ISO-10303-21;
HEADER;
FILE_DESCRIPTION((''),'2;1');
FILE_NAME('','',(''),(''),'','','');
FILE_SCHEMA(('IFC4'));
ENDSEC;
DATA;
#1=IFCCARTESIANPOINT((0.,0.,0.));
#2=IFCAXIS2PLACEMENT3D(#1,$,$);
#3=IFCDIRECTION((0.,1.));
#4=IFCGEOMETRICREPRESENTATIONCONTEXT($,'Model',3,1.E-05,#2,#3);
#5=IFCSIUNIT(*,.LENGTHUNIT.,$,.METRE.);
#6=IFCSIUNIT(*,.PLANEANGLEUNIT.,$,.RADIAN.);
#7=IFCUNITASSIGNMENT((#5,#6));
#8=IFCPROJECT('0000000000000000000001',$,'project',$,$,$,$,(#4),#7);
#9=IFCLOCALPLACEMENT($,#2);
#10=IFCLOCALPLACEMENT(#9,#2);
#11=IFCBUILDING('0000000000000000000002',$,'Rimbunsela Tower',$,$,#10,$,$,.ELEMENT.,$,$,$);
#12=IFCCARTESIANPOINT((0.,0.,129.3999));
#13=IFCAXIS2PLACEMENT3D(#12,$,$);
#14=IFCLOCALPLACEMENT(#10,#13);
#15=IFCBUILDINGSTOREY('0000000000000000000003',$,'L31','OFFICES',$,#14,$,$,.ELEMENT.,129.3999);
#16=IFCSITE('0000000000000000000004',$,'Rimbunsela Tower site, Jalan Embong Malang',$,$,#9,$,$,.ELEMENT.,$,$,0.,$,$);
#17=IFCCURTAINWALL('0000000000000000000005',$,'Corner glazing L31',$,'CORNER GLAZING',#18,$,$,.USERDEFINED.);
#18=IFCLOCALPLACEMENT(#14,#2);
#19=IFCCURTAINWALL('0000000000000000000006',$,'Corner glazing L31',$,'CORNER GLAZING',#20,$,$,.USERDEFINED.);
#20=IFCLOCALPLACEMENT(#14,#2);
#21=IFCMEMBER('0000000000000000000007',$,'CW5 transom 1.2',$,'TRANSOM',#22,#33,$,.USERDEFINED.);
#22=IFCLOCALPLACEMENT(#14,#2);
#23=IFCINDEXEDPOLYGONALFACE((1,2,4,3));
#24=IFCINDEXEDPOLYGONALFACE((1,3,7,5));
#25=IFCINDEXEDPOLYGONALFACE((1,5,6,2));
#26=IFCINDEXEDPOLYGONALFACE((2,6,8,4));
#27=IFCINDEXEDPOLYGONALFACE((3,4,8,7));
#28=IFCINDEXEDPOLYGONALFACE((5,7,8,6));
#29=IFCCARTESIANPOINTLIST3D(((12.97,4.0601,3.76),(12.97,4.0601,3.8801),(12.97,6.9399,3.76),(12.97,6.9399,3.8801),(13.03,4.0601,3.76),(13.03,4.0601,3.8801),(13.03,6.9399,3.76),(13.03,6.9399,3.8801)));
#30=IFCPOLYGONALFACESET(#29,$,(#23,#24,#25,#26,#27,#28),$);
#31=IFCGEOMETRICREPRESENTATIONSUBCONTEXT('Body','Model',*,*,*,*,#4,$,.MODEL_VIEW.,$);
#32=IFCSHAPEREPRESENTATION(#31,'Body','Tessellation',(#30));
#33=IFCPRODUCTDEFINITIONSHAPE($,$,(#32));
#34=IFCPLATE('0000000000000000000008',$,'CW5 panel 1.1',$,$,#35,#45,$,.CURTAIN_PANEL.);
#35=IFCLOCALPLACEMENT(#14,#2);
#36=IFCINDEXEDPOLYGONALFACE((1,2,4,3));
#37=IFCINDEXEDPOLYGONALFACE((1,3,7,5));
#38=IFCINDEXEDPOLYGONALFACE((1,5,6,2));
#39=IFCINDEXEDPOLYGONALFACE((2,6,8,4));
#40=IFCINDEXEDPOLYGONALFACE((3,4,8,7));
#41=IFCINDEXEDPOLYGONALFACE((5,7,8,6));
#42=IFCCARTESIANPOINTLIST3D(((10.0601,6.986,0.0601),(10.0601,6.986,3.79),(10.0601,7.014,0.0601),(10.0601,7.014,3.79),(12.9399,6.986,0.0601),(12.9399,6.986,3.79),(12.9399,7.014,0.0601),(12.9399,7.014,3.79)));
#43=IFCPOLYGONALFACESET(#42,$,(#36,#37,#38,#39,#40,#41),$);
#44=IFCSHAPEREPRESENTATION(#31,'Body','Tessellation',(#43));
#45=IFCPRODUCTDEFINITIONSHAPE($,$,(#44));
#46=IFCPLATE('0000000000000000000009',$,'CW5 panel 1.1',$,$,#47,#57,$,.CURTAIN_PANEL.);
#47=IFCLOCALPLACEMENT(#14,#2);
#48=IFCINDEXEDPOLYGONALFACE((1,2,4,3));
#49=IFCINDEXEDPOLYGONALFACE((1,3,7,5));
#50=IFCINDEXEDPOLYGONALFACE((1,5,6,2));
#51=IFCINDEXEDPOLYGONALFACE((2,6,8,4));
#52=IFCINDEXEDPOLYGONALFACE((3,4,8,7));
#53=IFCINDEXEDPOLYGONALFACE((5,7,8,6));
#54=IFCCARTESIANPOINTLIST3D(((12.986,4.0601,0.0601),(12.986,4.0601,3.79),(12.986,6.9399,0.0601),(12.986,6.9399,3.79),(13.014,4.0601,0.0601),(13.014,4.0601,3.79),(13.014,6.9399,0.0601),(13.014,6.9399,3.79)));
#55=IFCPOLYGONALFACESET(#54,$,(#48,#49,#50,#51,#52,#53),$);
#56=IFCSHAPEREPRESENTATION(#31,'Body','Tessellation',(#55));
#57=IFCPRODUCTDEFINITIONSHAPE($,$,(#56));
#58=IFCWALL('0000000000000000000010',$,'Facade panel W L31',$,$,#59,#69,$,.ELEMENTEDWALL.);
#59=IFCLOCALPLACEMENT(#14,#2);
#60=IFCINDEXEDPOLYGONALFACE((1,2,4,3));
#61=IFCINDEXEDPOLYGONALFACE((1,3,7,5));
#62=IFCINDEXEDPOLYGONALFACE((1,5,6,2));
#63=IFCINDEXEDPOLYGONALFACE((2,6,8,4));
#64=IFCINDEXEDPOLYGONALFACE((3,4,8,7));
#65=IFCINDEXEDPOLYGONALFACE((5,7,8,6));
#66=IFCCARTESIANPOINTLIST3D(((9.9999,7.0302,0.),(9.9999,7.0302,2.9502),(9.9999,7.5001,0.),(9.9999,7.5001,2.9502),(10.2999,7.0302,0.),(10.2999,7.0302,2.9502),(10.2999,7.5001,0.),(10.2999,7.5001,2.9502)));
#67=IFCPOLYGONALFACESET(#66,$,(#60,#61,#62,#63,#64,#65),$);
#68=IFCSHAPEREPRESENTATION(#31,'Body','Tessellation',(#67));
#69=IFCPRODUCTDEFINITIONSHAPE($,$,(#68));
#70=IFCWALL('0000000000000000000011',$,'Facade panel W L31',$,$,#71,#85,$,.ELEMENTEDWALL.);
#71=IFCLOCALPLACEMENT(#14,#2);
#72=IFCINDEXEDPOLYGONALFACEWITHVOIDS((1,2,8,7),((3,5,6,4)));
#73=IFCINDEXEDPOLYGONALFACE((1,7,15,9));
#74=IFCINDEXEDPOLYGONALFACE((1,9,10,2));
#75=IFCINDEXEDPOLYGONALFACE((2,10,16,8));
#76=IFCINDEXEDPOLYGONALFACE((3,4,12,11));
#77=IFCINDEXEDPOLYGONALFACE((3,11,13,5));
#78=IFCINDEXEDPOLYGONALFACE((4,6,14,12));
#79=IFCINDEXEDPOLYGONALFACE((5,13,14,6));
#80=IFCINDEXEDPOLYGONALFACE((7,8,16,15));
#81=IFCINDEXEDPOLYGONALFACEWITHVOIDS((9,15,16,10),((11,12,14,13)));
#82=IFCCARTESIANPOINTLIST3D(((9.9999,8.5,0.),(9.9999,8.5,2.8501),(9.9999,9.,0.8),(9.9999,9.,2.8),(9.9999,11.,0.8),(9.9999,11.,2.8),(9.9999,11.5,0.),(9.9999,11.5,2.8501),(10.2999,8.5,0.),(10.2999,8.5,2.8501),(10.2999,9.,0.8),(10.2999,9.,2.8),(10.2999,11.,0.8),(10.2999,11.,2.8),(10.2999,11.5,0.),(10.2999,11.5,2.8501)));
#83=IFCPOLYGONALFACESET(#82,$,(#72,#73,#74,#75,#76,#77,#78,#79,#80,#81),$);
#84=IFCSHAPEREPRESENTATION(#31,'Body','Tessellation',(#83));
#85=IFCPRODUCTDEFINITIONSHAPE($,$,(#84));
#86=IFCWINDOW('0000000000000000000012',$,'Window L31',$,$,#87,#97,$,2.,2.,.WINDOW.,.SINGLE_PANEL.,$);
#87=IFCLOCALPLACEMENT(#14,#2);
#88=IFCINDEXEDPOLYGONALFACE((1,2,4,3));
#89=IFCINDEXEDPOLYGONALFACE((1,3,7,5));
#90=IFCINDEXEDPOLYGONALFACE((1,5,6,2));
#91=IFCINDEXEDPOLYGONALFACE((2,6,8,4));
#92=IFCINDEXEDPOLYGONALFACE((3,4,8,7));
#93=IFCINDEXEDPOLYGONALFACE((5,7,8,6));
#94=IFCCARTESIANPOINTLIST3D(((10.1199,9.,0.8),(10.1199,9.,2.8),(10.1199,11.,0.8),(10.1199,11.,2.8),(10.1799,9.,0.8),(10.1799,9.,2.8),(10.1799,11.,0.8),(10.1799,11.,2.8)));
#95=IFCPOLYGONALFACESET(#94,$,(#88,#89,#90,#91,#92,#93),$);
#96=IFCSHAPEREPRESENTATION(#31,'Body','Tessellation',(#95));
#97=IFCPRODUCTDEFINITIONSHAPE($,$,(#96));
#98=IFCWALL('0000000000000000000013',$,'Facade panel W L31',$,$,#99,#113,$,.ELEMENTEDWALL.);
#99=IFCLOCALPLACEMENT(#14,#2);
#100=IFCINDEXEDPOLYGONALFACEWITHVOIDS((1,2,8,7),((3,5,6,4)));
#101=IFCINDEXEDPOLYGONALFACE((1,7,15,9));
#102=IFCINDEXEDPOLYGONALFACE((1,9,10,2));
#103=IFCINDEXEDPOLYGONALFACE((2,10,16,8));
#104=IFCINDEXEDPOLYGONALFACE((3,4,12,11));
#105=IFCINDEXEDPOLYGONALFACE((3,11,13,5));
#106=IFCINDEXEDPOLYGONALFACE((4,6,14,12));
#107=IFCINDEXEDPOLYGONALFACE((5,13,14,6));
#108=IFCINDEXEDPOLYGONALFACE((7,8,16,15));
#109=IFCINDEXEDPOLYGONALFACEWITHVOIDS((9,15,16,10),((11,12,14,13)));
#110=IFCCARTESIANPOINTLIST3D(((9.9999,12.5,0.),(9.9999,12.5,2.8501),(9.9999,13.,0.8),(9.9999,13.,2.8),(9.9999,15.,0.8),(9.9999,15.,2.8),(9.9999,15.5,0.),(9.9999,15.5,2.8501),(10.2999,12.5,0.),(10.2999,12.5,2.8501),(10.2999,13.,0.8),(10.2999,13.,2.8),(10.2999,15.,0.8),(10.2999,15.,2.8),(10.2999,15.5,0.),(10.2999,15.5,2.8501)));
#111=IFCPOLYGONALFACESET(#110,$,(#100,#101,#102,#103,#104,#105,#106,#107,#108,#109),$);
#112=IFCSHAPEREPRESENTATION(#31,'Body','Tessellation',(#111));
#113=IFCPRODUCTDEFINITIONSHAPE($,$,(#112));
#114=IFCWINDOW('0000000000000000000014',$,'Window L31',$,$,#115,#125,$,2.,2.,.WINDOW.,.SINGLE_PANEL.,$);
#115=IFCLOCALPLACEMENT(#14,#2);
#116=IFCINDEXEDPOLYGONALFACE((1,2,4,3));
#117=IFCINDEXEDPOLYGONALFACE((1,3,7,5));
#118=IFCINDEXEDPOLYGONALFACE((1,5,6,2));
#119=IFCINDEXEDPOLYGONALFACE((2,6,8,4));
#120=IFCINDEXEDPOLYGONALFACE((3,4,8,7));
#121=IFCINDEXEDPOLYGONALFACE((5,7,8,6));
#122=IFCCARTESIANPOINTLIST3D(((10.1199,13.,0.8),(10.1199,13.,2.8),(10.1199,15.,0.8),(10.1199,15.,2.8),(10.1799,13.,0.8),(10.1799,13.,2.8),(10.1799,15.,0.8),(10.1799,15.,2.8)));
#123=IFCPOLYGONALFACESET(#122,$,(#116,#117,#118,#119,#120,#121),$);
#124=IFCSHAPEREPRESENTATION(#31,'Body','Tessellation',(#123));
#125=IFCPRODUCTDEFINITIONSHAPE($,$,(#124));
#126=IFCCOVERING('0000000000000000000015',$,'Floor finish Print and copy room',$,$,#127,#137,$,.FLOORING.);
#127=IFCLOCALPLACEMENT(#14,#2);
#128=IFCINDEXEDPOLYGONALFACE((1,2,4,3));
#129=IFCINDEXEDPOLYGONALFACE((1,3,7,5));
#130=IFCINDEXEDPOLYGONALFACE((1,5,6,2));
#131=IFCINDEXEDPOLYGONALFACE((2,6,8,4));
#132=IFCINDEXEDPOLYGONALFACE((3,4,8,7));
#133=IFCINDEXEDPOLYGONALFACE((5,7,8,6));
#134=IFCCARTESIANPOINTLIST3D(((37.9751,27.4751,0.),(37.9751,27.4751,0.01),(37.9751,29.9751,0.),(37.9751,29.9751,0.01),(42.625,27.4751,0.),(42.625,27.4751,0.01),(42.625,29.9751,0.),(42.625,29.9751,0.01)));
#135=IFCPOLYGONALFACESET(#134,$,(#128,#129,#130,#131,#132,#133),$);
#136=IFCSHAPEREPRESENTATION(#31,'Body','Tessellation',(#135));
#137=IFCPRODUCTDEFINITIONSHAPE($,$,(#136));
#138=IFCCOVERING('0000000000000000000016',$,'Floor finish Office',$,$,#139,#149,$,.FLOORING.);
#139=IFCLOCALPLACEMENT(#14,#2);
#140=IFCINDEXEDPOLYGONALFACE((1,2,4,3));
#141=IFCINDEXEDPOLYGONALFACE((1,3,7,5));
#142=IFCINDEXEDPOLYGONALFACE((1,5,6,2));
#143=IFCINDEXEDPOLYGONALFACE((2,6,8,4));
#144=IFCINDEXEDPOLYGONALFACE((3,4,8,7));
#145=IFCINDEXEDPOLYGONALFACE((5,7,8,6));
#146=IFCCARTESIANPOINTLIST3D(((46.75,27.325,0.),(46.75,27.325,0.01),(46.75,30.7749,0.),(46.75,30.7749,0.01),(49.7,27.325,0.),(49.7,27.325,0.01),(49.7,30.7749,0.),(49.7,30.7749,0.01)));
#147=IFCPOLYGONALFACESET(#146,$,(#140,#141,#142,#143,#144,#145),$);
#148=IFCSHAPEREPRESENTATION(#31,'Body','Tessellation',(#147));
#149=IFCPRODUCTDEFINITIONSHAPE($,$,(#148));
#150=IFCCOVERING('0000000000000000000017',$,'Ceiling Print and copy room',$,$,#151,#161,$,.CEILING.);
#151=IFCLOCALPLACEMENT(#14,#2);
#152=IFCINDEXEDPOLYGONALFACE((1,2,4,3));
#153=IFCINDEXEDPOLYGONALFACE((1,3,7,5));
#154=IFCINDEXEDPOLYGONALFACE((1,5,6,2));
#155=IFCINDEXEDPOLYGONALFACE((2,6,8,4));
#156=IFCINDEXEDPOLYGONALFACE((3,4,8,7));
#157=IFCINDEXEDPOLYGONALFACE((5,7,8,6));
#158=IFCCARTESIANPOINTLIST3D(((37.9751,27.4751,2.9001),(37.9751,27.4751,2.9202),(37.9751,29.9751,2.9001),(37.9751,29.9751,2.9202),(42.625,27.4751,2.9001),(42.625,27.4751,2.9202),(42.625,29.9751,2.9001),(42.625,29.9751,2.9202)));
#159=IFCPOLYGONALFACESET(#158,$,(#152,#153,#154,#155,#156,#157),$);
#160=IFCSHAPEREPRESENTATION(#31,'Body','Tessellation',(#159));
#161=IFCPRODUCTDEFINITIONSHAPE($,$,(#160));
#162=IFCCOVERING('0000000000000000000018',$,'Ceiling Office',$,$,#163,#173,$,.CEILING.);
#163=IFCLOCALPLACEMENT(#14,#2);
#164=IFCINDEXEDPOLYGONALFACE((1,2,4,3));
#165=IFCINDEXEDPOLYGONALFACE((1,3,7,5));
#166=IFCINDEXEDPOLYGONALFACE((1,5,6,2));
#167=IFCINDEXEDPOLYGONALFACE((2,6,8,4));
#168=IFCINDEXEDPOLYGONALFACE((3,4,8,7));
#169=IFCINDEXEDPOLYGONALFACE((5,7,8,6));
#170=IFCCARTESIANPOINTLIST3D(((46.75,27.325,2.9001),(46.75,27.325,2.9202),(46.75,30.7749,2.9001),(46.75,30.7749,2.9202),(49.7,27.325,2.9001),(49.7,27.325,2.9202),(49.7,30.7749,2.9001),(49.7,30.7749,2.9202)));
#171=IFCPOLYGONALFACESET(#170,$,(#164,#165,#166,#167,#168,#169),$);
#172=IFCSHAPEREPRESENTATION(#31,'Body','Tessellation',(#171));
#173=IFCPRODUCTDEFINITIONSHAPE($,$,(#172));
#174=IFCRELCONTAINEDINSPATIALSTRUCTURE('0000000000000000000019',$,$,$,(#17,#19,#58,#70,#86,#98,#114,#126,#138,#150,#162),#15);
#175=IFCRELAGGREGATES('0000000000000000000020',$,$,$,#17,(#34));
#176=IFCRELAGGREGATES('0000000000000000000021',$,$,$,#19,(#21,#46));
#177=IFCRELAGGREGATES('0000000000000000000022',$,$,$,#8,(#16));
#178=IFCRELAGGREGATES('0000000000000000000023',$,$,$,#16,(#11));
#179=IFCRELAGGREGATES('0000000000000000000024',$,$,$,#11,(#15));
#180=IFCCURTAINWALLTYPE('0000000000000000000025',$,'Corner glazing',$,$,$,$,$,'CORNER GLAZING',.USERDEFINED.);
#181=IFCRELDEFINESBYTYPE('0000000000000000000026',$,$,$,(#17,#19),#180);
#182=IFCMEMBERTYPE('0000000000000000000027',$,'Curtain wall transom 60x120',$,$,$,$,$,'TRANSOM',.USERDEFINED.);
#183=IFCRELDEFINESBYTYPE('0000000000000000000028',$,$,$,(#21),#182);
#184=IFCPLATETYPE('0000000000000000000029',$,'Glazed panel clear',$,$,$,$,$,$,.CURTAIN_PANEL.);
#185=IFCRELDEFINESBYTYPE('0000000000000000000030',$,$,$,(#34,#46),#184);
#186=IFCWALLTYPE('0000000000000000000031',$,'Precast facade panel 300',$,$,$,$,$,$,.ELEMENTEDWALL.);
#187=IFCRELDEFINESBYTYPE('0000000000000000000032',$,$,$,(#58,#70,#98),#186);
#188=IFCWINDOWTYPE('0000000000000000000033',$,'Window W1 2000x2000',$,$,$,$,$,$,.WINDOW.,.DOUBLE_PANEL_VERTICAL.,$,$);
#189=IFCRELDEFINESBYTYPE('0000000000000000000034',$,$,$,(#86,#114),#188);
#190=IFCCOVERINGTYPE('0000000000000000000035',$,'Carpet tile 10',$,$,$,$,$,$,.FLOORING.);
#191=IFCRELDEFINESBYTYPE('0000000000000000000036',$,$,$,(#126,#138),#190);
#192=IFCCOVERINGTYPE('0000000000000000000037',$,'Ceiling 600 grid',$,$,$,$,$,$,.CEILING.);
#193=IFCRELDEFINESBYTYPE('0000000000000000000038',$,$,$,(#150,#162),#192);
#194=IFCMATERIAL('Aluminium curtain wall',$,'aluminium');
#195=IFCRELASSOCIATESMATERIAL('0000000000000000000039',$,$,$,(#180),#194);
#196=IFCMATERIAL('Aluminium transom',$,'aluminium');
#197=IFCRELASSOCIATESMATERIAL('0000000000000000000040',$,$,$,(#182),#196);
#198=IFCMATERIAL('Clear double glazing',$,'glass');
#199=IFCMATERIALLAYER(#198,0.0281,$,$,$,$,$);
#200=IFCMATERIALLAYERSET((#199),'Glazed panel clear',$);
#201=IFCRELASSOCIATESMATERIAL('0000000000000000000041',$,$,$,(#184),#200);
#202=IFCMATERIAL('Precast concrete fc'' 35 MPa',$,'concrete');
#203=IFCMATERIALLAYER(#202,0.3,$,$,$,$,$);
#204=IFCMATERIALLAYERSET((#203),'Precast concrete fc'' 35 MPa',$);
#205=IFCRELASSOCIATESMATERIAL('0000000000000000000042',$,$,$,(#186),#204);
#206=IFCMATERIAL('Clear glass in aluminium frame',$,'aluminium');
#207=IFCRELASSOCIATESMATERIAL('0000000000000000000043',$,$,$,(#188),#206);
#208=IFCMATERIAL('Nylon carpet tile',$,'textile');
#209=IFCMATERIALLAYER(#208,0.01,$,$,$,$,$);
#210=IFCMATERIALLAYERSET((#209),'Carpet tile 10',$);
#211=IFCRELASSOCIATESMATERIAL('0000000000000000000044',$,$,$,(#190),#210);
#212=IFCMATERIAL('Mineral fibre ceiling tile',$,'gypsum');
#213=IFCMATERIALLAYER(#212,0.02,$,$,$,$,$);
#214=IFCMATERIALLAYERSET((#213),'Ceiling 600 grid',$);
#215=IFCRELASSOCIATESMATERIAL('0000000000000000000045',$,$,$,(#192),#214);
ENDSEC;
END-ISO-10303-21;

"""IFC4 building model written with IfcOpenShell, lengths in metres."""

from ifc_helpers import new_model, si_unit, direction, frame, frame_2d, origin, origin_2d, place, context, subcontext, project, spatial, polyline, rectangle, outline, extrude, material, layer, layer_set, material_profile, profile_set, type_object, element, fill, aggregate, save


model = new_model("IFC4")

# Units and contexts
model_context = context("Model", 3, precision=1e-05, world=origin(), true_north=direction((0.0, 1.0)))
body_context = subcontext(model_context, "Body", "Model", "MODEL_VIEW")
ifc_project = project(units=[si_unit("LENGTHUNIT", "METRE"), si_unit("PLANEANGLEUNIT", "RADIAN")], contexts=[model_context])

# Site, building, storey
site_placement = place(None, origin())
site = spatial("IfcSite", under=ifc_project, at=site_placement, Name="Rimbunsela Tower site, Jalan Embong Malang", CompositionType="ELEMENT", RefElevation=0.0)
building_placement = place(site_placement, origin())
building = spatial("IfcBuilding", under=site, at=building_placement, Name="Rimbunsela Tower", CompositionType="ELEMENT")
storey_placement = place(building_placement, frame((0.0, 0.0, 129.3999)))
storey = spatial("IfcBuildingStorey", under=building, at=storey_placement, Name="L31", Description="OFFICES", CompositionType="ELEMENT", Elevation=129.3999)

# Curtain wall
ifc_material_1 = material(Name="Aluminium curtain wall", Category="aluminium")
curtain_wall_type = type_object("IfcCurtainWallType", Name="Corner glazing", ElementType="CORNER GLAZING", PredefinedType="USERDEFINED", material=ifc_material_1)
curtain_wall_1_placement = place(storey_placement, origin())
curtain_wall_1 = element("IfcCurtainWall", 1, at=curtain_wall_1_placement, inside=storey, type_object=curtain_wall_type, Name="Corner glazing L31", ObjectType="CORNER GLAZING", PredefinedType="USERDEFINED")

# Curtain wall
curtain_wall_2_placement = place(storey_placement, origin())
curtain_wall_2 = element("IfcCurtainWall", 2, at=curtain_wall_2_placement, inside=storey, type_object=curtain_wall_type, Name="Corner glazing L31", ObjectType="CORNER GLAZING", PredefinedType="USERDEFINED")

# Member
ifc_material_2 = material(Name="Aluminium transom", Category="aluminium")
ifc_material_profile_1 = material_profile(ifc_material_2, rectangle(XDim=0.0601, YDim=0.1201, at=origin_2d()), Name="Transom 60x120")
ifc_profile_set_1 = profile_set([ifc_material_profile_1], Name="Aluminium transom")
member_type_1 = type_object("IfcMemberType", Name="Curtain wall transom 60x120", ElementType="TRANSOM", PredefinedType="USERDEFINED", material=ifc_profile_set_1)
member_1_placement = place(storey_placement, frame((13.0, 6.9399, 3.8201), z_axis=(0.0, -1.0, 0.0), x_axis=(1.0, 0.0, 0.0)))
member_1 = element("IfcMember", 3, at=member_1_placement, type_object=member_type_1, Name="CW5 transom 1.2", ObjectType="TRANSOM", PredefinedType="USERDEFINED", context=body_context, shape_type="SweptSolid", body=[
    extrude(rectangle(XDim=0.0601, YDim=0.1201, at=origin_2d()), origin(), (0.0, 0.0, 1.0), 2.8799),
])

# Plates
ifc_material_3 = material(Name="Clear double glazing", Category="glass")
ifc_layer_1 = layer(ifc_material_3, 0.0281)
ifc_layer_set_1 = layer_set([ifc_layer_1], Name="Glazed panel clear")
plate_type = type_object("IfcPlateType", Name="Glazed panel clear", PredefinedType="CURTAIN_PANEL", material=ifc_layer_set_1)
plate_1_placement = place(storey_placement, frame((11.5, 7.0, 0.0601), z_axis=(0.0, 0.0, 1.0), x_axis=(1.0, 0.0, 0.0)))
plate_1 = element("IfcPlate", 4, at=plate_1_placement, type_object=plate_type, Name="CW5 panel 1.1", PredefinedType="CURTAIN_PANEL", context=body_context, shape_type="SweptSolid", body=[
    extrude(rectangle(XDim=2.8799, YDim=0.0281, at=origin_2d()), origin(), (0.0, 0.0, 1.0), 3.73),
])
aggregate(curtain_wall_1, [plate_1])
plate_2_placement = place(storey_placement, frame((13.0, 5.5, 0.0601), z_axis=(0.0, 0.0, 1.0), x_axis=(0.0, -1.0, 0.0)))
plate_2 = element("IfcPlate", 5, at=plate_2_placement, type_object=plate_type, Name="CW5 panel 1.1", PredefinedType="CURTAIN_PANEL", context=body_context, shape_type="SweptSolid", body=[
    extrude(rectangle(XDim=2.8799, YDim=0.0281, at=origin_2d()), origin(), (0.0, 0.0, 1.0), 3.73),
])
aggregate(curtain_wall_2, [member_1, plate_2])

# Wall
ifc_material_4 = material(Name="Precast concrete fc' 35 MPa", Category="concrete")
ifc_layer_2 = layer(ifc_material_4, 0.3)
ifc_layer_set_2 = layer_set([ifc_layer_2], Name="Precast concrete fc' 35 MPa")
wall_type = type_object("IfcWallType", Name="Precast facade panel 300", PredefinedType="ELEMENTEDWALL", material=ifc_layer_set_2)
wall_1_placement = place(storey_placement, frame((10.1499, 7.5, 0.0), z_axis=(0.0, 0.0, 1.0), x_axis=(0.0, -1.0, 0.0)))
element("IfcWall", 6, at=wall_1_placement, inside=storey, type_object=wall_type, Name="Facade panel W L31", PredefinedType="ELEMENTEDWALL", context=body_context, shape_type="SweptSolid", body=[
    extrude(rectangle(XDim=0.47, YDim=0.3, at=frame_2d((0.2349, 0.0))), origin(), (0.0, 0.0, 1.0), 2.9502),
])

# Walls, openings, windows
wall_2_placement = place(storey_placement, frame((10.1499, 11.5, 0.0), z_axis=(0.0, 0.0, 1.0), x_axis=(0.0, -1.0, 0.0)))
wall_2 = element("IfcWall", 7, at=wall_2_placement, inside=storey, type_object=wall_type, Name="Facade panel W L31", PredefinedType="ELEMENTEDWALL", context=body_context, shape_type="SweptSolid", body=[
    extrude(rectangle(XDim=3.0, YDim=0.3, at=frame_2d((1.5, 0.0))), origin(), (0.0, 0.0, 1.0), 2.8501),
])
opening_1_placement = place(wall_2_placement, frame((0.5, 0.0, 0.8)))
opening_1 = element("IfcOpeningElement", 8, at=opening_1_placement, cuts=wall_2, PredefinedType="OPENING", context=body_context, shape_type="SweptSolid", body=[
    extrude(rectangle(XDim=2.0, YDim=2.0, at=frame_2d((1.0, 1.0))), frame((0.0, 0.1599, 0.0), z_axis=(0.0, -1.0, 0.0), x_axis=(1.0, 0.0, 0.0)), (0.0, 0.0, 1.0), 0.3201),
])
ifc_material_5 = material(Name="Clear glass in aluminium frame", Category="aluminium")
window_type = type_object("IfcWindowType", Name="Window W1 2000x2000", PartitioningType="DOUBLE_PANEL_VERTICAL", PredefinedType="WINDOW", material=ifc_material_5)
window_1_placement = place(opening_1_placement, origin())
window_1 = element("IfcWindow", 9, at=window_1_placement, inside=storey, type_object=window_type, Name="Window L31", OverallHeight=2.0, OverallWidth=2.0, PartitioningType="SINGLE_PANEL", PredefinedType="WINDOW", context=body_context, shape_type="SweptSolid", body=[
    extrude(rectangle(XDim=2.0, YDim=2.0, at=frame_2d((1.0, 1.0))), frame((0.0, 0.03, 0.0), z_axis=(0.0, -1.0, 0.0), x_axis=(1.0, 0.0, 0.0)), (0.0, 0.0, 1.0), 0.0601),
])
fill(opening_1, window_1)
wall_3_placement = place(storey_placement, frame((10.1499, 15.5, 0.0), z_axis=(0.0, 0.0, 1.0), x_axis=(0.0, -1.0, 0.0)))
wall_3 = element("IfcWall", 10, at=wall_3_placement, inside=storey, type_object=wall_type, Name="Facade panel W L31", PredefinedType="ELEMENTEDWALL", context=body_context, shape_type="SweptSolid", body=[
    extrude(rectangle(XDim=3.0, YDim=0.3, at=frame_2d((1.5, 0.0))), origin(), (0.0, 0.0, 1.0), 2.8501),
])
opening_2_placement = place(wall_3_placement, frame((0.5, 0.0, 0.8)))
opening_2 = element("IfcOpeningElement", 11, at=opening_2_placement, cuts=wall_3, PredefinedType="OPENING", context=body_context, shape_type="SweptSolid", body=[
    extrude(rectangle(XDim=2.0, YDim=2.0, at=frame_2d((1.0, 1.0))), frame((0.0, 0.1599, 0.0), z_axis=(0.0, -1.0, 0.0), x_axis=(1.0, 0.0, 0.0)), (0.0, 0.0, 1.0), 0.3201),
])
window_2_placement = place(opening_2_placement, origin())
window_2 = element("IfcWindow", 12, at=window_2_placement, inside=storey, type_object=window_type, Name="Window L31", OverallHeight=2.0, OverallWidth=2.0, PartitioningType="SINGLE_PANEL", PredefinedType="WINDOW", context=body_context, shape_type="SweptSolid", body=[
    extrude(rectangle(XDim=2.0, YDim=2.0, at=frame_2d((1.0, 1.0))), frame((0.0, 0.03, 0.0), z_axis=(0.0, -1.0, 0.0), x_axis=(1.0, 0.0, 0.0)), (0.0, 0.0, 1.0), 0.0601),
])
fill(opening_2, window_2)

# Coverings
ifc_material_6 = material(Name="Nylon carpet tile", Category="textile")
ifc_layer_3 = layer(ifc_material_6, 0.01)
ifc_layer_set_3 = layer_set([ifc_layer_3], Name="Carpet tile 10")
covering_type_1 = type_object("IfcCoveringType", Name="Carpet tile 10", PredefinedType="FLOORING", material=ifc_layer_set_3)
covering_1_placement = place(storey_placement, origin())
element("IfcCovering", 13, at=covering_1_placement, inside=storey, type_object=covering_type_1, Name="Floor finish Print and copy room", PredefinedType="FLOORING", context=body_context, shape_type="SweptSolid", body=[
    extrude(outline(polyline([(42.625, 27.4751), (42.625, 29.9751), (37.9751, 29.9751), (37.9751, 27.4751), (42.625, 27.4751)])), origin(), (0.0, 0.0, 1.0), 0.01),
])
covering_2_placement = place(storey_placement, origin())
element("IfcCovering", 14, at=covering_2_placement, inside=storey, type_object=covering_type_1, Name="Floor finish Office", PredefinedType="FLOORING", context=body_context, shape_type="SweptSolid", body=[
    extrude(outline(polyline([(49.7, 27.325), (49.7, 30.7749), (46.75, 30.7749), (46.75, 27.325), (49.7, 27.325)])), origin(), (0.0, 0.0, 1.0), 0.01),
])
ifc_material_7 = material(Name="Mineral fibre ceiling tile", Category="gypsum")
ifc_layer_4 = layer(ifc_material_7, 0.02)
ifc_layer_set_4 = layer_set([ifc_layer_4], Name="Ceiling 600 grid")
covering_type_2 = type_object("IfcCoveringType", Name="Ceiling 600 grid", PredefinedType="CEILING", material=ifc_layer_set_4)
covering_3_placement = place(storey_placement, frame((0.0, 0.0, 2.9001)))
element("IfcCovering", 15, at=covering_3_placement, inside=storey, type_object=covering_type_2, Name="Ceiling Print and copy room", PredefinedType="CEILING", context=body_context, shape_type="SweptSolid", body=[
    extrude(outline(polyline([(42.625, 27.4751), (42.625, 29.9751), (37.9751, 29.9751), (37.9751, 27.4751), (42.625, 27.4751)])), origin(), (0.0, 0.0, 1.0), 0.02),
])
covering_4_placement = place(storey_placement, frame((0.0, 0.0, 2.9001)))
element("IfcCovering", 16, at=covering_4_placement, inside=storey, type_object=covering_type_2, Name="Ceiling Office", PredefinedType="CEILING", context=body_context, shape_type="SweptSolid", body=[
    extrude(outline(polyline([(49.7, 27.325), (49.7, 30.7749), (46.75, 30.7749), (46.75, 27.325), (49.7, 27.325)])), origin(), (0.0, 0.0, 1.0), 0.02),
])

save(model, "model.ifc")
